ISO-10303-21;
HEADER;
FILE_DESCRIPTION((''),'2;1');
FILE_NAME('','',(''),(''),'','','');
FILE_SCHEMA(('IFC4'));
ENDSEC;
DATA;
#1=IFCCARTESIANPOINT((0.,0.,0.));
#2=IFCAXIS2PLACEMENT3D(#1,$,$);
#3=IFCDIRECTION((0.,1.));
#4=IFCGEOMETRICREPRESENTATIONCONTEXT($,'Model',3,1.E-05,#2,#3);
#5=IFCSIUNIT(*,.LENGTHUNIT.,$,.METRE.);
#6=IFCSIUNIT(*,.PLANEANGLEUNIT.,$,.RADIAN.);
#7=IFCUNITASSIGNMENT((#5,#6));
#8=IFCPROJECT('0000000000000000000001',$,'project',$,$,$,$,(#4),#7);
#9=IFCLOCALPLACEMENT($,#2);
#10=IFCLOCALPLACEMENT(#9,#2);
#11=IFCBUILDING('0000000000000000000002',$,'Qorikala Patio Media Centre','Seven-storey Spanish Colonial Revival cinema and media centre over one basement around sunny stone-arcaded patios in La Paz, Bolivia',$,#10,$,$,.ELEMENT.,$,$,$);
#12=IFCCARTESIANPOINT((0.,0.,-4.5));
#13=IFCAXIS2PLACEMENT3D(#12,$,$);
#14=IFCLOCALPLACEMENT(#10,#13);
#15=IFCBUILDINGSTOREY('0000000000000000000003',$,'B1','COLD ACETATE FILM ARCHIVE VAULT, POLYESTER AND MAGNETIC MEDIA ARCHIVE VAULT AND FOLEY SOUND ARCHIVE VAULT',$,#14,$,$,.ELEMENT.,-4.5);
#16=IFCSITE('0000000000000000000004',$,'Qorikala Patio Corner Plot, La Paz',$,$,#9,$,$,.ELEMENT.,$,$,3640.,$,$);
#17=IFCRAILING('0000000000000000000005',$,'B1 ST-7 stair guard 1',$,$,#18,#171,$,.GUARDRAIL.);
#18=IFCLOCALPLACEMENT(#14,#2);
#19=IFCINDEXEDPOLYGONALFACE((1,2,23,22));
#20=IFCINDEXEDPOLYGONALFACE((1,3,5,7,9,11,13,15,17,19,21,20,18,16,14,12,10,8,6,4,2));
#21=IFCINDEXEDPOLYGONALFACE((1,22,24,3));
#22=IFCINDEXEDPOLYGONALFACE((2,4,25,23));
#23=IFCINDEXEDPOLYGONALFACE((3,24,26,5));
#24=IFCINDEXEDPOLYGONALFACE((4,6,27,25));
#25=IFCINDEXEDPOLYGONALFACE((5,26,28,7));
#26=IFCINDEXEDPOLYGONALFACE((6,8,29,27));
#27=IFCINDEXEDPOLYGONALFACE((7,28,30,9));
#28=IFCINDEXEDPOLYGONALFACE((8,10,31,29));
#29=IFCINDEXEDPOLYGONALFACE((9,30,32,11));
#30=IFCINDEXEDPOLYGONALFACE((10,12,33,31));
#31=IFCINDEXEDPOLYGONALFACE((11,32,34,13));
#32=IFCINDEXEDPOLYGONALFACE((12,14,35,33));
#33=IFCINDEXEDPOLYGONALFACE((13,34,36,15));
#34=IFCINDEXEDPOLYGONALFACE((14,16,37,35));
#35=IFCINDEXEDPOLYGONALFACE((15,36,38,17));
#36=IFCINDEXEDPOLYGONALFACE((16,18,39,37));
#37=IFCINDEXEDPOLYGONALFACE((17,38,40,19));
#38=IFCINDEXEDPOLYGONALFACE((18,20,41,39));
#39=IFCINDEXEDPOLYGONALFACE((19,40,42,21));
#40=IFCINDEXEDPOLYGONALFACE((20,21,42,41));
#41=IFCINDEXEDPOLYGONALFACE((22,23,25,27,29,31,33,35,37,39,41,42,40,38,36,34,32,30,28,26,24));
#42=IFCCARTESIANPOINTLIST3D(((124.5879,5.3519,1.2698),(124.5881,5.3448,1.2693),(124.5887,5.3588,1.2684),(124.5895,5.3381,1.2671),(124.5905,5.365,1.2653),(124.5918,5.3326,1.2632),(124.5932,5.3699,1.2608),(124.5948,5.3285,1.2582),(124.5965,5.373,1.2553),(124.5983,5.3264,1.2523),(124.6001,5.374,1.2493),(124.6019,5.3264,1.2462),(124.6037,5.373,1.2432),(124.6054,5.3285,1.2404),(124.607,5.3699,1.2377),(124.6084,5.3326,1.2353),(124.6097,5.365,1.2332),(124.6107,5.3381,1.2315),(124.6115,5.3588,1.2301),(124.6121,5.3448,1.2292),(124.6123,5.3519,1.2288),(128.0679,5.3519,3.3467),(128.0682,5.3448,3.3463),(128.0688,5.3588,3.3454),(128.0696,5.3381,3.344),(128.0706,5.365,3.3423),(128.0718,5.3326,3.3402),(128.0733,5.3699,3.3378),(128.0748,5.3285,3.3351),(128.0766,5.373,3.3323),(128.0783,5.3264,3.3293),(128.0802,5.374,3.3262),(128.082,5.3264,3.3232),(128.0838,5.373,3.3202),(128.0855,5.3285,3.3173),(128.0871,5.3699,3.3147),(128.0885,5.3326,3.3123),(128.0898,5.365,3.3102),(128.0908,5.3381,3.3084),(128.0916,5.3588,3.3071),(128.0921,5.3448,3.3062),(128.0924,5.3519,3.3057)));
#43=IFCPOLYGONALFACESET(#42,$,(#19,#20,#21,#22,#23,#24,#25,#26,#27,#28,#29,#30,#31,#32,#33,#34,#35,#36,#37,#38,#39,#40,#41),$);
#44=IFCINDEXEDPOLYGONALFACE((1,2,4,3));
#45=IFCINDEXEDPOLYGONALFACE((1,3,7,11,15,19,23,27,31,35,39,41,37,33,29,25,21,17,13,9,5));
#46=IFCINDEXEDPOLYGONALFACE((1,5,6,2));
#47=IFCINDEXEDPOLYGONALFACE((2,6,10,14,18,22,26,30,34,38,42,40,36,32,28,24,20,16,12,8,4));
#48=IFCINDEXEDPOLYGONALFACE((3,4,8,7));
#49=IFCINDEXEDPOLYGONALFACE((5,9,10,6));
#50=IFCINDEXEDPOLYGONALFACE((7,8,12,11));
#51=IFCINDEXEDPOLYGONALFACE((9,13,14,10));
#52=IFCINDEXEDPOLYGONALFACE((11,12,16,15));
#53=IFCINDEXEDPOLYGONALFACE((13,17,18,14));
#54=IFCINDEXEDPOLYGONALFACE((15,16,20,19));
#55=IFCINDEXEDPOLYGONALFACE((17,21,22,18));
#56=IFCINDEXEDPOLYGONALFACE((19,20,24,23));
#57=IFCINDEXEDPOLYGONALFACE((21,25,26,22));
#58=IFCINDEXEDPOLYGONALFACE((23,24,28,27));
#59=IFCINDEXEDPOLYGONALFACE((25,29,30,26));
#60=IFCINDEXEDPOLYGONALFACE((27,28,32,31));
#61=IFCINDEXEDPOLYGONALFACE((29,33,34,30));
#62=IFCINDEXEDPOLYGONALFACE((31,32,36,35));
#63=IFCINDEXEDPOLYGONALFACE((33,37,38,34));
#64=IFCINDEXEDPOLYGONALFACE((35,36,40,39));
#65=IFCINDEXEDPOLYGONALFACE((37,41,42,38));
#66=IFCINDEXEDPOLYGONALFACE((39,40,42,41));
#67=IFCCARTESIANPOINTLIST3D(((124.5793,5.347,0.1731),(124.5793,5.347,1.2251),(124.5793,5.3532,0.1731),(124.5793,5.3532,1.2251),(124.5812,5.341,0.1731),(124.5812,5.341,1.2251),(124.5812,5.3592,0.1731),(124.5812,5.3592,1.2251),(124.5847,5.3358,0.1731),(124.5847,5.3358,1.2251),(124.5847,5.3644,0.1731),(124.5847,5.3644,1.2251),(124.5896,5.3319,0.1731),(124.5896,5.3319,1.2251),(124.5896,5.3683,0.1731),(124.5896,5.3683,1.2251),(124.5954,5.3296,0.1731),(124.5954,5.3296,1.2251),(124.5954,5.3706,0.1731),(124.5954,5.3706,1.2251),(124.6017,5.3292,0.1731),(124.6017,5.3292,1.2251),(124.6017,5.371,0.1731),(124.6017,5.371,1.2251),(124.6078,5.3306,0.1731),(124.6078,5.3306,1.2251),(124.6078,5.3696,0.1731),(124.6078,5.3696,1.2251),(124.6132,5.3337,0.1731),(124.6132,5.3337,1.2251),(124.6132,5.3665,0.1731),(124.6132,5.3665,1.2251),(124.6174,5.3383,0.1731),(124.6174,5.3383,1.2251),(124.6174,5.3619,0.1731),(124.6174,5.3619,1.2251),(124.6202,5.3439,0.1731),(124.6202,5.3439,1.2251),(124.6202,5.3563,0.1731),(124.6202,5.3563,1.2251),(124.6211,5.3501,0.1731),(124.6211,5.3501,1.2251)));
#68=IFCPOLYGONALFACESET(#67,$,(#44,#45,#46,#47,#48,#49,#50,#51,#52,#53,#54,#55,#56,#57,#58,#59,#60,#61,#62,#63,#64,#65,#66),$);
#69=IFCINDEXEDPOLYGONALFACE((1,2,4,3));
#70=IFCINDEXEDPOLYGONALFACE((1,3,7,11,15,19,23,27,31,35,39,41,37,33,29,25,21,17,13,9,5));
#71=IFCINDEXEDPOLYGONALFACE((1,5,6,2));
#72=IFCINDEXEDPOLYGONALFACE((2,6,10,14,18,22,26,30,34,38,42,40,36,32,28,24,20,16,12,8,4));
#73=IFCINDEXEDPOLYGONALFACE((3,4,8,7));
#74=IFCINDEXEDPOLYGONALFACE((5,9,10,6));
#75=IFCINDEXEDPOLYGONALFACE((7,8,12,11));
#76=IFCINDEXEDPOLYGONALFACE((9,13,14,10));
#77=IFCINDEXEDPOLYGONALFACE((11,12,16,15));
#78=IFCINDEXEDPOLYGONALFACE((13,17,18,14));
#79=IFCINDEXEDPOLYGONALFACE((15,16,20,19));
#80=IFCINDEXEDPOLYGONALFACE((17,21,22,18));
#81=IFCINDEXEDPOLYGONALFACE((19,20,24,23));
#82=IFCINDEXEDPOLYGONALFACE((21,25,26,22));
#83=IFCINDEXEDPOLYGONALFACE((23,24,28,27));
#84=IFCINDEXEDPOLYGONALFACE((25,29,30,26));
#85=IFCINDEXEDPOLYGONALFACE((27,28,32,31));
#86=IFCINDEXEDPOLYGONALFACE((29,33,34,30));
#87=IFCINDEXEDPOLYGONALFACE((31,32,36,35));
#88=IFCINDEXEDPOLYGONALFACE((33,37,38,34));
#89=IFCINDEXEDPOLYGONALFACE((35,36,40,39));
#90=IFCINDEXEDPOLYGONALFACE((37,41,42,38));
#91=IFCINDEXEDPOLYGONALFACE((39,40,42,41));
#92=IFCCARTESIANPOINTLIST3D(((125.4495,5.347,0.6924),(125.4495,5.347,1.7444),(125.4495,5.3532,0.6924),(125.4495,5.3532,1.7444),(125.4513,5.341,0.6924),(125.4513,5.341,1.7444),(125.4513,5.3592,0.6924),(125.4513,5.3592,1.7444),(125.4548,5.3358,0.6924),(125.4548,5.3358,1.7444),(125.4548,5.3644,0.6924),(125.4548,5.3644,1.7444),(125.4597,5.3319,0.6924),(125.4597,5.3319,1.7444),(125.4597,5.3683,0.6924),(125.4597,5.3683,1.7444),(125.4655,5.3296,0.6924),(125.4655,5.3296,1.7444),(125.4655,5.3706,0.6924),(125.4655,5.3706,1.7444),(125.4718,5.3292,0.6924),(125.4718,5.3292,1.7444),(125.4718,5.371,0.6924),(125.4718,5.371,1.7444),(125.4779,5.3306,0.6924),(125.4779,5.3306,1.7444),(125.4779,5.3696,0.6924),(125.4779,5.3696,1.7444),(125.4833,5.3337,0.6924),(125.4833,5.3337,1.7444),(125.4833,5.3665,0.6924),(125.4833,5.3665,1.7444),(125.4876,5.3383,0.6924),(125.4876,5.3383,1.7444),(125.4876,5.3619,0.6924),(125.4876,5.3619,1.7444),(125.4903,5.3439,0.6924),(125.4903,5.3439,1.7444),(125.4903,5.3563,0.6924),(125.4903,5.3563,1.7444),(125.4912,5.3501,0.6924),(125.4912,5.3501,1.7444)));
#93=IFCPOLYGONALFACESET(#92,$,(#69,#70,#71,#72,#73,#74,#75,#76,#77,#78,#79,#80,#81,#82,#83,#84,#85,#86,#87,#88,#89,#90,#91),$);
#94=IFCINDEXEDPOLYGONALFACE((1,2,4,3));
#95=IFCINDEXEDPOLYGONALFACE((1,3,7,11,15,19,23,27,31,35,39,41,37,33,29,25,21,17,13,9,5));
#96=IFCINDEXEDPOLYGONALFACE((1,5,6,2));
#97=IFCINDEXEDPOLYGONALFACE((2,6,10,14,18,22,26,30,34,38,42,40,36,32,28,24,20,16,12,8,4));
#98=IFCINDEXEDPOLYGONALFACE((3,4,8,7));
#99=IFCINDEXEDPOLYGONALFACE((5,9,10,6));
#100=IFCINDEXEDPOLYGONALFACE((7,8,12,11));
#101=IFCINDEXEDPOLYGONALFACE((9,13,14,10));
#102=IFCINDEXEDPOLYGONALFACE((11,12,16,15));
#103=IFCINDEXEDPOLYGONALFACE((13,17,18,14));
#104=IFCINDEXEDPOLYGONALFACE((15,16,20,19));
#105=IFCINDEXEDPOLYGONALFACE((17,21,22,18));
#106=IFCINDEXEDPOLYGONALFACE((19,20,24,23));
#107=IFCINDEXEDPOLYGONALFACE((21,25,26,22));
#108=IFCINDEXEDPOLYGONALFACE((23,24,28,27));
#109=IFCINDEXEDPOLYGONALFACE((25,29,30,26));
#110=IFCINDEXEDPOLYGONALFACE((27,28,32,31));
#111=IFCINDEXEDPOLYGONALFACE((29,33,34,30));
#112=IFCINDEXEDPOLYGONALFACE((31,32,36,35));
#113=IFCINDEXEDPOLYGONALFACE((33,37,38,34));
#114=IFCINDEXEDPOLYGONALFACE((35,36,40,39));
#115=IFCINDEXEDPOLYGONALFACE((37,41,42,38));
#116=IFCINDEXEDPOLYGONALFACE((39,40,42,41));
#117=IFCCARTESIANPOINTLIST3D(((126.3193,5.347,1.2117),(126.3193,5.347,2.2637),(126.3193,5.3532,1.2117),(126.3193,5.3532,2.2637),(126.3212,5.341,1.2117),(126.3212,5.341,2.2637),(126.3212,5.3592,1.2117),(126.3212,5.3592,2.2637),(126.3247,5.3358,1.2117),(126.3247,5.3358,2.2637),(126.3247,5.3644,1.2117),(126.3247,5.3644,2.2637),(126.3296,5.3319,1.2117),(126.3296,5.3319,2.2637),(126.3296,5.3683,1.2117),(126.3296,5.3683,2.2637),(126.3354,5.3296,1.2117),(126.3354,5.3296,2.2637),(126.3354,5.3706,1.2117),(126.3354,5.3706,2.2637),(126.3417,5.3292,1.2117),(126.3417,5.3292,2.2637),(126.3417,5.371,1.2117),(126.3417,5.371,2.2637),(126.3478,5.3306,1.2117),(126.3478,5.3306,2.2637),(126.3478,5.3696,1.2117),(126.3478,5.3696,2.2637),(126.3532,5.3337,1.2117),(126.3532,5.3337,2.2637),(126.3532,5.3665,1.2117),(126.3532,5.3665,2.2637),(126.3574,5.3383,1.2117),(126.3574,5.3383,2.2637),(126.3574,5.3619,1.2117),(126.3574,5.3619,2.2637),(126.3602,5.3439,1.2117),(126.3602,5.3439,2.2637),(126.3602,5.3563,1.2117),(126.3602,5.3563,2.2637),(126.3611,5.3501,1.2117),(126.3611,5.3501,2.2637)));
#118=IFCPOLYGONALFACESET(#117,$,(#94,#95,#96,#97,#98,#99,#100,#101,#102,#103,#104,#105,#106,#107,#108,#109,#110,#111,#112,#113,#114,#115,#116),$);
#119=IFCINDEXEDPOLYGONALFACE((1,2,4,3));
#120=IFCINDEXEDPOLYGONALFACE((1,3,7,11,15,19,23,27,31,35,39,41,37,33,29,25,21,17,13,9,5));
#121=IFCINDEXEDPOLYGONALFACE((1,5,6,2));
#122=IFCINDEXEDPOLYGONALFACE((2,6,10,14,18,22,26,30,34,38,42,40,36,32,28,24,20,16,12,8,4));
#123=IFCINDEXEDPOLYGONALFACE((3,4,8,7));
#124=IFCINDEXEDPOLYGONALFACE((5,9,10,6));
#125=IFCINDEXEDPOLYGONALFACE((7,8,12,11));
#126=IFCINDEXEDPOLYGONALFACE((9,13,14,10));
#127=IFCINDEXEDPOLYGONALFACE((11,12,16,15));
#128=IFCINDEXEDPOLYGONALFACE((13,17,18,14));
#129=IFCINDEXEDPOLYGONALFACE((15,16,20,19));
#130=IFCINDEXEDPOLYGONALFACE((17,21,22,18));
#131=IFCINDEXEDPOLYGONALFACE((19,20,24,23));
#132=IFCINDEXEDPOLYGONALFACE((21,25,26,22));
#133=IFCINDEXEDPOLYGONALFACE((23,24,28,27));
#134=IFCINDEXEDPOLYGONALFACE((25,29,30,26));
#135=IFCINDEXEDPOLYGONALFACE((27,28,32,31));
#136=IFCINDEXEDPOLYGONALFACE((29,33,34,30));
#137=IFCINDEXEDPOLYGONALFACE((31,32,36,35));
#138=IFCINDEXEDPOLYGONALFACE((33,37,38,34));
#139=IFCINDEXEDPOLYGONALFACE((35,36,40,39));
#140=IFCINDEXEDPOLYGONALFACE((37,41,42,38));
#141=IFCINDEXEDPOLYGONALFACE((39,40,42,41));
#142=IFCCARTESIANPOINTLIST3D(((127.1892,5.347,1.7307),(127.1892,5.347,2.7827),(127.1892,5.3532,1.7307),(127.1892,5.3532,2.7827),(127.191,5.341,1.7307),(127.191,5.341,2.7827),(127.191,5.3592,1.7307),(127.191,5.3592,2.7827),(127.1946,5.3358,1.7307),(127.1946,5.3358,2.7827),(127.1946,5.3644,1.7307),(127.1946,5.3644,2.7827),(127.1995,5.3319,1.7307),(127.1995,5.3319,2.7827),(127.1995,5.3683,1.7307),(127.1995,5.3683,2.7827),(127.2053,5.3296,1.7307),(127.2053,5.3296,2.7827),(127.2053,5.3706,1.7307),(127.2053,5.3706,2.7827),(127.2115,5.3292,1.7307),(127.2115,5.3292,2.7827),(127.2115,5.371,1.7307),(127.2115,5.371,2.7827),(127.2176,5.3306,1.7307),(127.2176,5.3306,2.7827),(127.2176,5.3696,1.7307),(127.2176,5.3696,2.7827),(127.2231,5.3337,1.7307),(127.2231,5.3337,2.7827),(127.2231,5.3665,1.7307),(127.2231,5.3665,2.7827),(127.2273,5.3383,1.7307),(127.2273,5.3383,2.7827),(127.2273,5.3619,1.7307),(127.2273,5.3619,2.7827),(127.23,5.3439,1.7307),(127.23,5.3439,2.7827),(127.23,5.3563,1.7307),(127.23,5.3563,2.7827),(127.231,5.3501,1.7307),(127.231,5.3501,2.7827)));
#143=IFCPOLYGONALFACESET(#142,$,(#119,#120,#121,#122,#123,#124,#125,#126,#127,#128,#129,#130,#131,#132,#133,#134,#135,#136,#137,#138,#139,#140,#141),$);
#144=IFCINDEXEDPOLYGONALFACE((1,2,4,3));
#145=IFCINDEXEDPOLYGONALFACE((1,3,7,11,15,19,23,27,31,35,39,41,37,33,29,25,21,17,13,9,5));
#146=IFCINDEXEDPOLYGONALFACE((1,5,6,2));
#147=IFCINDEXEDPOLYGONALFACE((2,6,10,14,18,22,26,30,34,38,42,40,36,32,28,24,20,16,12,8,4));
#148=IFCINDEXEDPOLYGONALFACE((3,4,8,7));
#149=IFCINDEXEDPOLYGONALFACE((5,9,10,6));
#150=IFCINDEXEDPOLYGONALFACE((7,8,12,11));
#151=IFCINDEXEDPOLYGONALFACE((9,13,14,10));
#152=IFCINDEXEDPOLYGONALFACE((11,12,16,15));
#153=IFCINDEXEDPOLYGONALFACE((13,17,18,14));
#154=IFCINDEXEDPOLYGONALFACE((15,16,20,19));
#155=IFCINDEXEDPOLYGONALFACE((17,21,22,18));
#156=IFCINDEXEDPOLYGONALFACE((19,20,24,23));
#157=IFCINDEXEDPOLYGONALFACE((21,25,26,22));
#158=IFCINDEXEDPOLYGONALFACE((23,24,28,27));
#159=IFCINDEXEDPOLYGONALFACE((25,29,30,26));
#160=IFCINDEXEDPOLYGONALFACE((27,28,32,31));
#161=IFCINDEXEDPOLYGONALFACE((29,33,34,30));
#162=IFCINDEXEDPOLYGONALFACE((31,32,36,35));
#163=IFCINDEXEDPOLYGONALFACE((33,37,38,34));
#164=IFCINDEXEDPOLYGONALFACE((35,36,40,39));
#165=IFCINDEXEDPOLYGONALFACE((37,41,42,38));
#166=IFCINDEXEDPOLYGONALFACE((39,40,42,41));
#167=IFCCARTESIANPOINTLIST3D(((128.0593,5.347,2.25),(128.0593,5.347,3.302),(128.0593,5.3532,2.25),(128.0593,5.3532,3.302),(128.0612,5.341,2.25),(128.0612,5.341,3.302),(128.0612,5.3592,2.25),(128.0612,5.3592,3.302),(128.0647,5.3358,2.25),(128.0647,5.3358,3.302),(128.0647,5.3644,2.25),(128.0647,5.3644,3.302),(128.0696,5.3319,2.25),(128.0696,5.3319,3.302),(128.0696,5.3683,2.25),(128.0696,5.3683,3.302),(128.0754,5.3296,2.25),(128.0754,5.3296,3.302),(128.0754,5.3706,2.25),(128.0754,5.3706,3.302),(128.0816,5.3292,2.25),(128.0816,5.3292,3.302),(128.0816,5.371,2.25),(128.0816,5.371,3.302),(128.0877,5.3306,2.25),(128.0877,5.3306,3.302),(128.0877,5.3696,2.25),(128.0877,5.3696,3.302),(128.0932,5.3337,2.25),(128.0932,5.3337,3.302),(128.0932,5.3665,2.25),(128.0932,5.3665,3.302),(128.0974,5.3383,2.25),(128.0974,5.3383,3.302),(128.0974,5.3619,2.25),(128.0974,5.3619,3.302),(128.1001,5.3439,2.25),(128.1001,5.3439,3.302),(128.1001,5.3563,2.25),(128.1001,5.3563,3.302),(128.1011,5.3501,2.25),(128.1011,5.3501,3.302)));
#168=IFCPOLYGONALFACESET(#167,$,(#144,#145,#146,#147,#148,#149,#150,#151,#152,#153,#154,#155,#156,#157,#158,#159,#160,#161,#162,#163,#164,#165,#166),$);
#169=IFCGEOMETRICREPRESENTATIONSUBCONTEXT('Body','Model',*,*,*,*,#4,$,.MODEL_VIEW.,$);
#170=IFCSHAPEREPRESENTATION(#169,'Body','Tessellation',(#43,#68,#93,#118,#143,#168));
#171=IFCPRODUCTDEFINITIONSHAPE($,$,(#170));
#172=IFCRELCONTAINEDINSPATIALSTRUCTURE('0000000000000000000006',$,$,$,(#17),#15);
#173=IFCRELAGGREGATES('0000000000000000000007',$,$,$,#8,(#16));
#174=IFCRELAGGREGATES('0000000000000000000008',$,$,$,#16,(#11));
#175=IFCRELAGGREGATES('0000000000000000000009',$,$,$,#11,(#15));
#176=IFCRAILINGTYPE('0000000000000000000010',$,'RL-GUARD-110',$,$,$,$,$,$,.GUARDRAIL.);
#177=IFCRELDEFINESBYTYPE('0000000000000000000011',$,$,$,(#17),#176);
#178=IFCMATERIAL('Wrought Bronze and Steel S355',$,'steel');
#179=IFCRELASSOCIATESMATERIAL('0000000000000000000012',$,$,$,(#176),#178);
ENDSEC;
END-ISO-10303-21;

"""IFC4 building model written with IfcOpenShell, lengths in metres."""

from ifc_helpers import new_model, si_unit, direction, frame, origin, origin_2d, place, context, subcontext, project, spatial, circle, extrude, material, type_object, element, save


model = new_model("IFC4")

# Units and contexts
model_context = context("Model", 3, precision=1e-05, world=origin(), true_north=direction((0.0, 1.0)))
body_context = subcontext(model_context, "Body", "Model", "MODEL_VIEW")
ifc_project = project(units=[si_unit("LENGTHUNIT", "METRE"), si_unit("PLANEANGLEUNIT", "RADIAN")], contexts=[model_context])

# Site, building, storey
site_placement = place(None, origin())
site = spatial("IfcSite", under=ifc_project, at=site_placement, Name="Qorikala Patio Corner Plot, La Paz", CompositionType="ELEMENT", RefElevation=3640.0)
building_placement = place(site_placement, origin())
building = spatial("IfcBuilding", under=site, at=building_placement, Name="Qorikala Patio Media Centre", Description="Seven-storey Spanish Colonial Revival cinema and media centre over one basement around sunny stone-arcaded patios in La Paz, Bolivia", CompositionType="ELEMENT")
storey_placement = place(building_placement, frame((0.0, 0.0, -4.5)))
storey = spatial("IfcBuildingStorey", under=building, at=storey_placement, Name="B1", Description="COLD ACETATE FILM ARCHIVE VAULT, POLYESTER AND MAGNETIC MEDIA ARCHIVE VAULT AND FOLEY SOUND ARCHIVE VAULT", CompositionType="ELEMENT", Elevation=-4.5)

# Railing
ifc_material_1 = material(Name="Wrought Bronze and Steel S355", Category="steel")
railing_type_1 = type_object("IfcRailingType", Name="RL-GUARD-110", PredefinedType="GUARDRAIL", material=ifc_material_1)
railing_1_placement = place(storey_placement, frame((124.6001, 5.3501, 0.1731)))
element("IfcRailing", 1, at=railing_1_placement, inside=storey, type_object=railing_type_1, Name="B1 ST-7 stair guard 1", PredefinedType="GUARDRAIL", context=body_context, shape_type="SweptSolid", body=[
    extrude(circle(Radius=0.0239, at=origin_2d()), frame((0.0, 0.0, 1.0762), z_axis=(0.858697, 0.0, 0.512483), x_axis=(0.0, 1.0, 0.0)), (0.0, 0.0, 1.0), 4.0527),
    extrude(circle(Radius=0.021, at=origin_2d()), origin(), (0.0, 0.0, 1.0), 1.052),
    extrude(circle(Radius=0.021, at=origin_2d()), frame((0.8701, 0.0, 0.5193)), (0.0, 0.0, 1.0), 1.052),
    extrude(circle(Radius=0.021, at=origin_2d()), frame((1.74, 0.0, 1.0386)), (0.0, 0.0, 1.0), 1.052),
    extrude(circle(Radius=0.021, at=origin_2d()), frame((2.6099, 0.0, 1.5576)), (0.0, 0.0, 1.0), 1.052),
    extrude(circle(Radius=0.021, at=origin_2d()), frame((3.48, 0.0, 2.0769)), (0.0, 0.0, 1.0), 1.052),
])

save(model, "model.ifc")
